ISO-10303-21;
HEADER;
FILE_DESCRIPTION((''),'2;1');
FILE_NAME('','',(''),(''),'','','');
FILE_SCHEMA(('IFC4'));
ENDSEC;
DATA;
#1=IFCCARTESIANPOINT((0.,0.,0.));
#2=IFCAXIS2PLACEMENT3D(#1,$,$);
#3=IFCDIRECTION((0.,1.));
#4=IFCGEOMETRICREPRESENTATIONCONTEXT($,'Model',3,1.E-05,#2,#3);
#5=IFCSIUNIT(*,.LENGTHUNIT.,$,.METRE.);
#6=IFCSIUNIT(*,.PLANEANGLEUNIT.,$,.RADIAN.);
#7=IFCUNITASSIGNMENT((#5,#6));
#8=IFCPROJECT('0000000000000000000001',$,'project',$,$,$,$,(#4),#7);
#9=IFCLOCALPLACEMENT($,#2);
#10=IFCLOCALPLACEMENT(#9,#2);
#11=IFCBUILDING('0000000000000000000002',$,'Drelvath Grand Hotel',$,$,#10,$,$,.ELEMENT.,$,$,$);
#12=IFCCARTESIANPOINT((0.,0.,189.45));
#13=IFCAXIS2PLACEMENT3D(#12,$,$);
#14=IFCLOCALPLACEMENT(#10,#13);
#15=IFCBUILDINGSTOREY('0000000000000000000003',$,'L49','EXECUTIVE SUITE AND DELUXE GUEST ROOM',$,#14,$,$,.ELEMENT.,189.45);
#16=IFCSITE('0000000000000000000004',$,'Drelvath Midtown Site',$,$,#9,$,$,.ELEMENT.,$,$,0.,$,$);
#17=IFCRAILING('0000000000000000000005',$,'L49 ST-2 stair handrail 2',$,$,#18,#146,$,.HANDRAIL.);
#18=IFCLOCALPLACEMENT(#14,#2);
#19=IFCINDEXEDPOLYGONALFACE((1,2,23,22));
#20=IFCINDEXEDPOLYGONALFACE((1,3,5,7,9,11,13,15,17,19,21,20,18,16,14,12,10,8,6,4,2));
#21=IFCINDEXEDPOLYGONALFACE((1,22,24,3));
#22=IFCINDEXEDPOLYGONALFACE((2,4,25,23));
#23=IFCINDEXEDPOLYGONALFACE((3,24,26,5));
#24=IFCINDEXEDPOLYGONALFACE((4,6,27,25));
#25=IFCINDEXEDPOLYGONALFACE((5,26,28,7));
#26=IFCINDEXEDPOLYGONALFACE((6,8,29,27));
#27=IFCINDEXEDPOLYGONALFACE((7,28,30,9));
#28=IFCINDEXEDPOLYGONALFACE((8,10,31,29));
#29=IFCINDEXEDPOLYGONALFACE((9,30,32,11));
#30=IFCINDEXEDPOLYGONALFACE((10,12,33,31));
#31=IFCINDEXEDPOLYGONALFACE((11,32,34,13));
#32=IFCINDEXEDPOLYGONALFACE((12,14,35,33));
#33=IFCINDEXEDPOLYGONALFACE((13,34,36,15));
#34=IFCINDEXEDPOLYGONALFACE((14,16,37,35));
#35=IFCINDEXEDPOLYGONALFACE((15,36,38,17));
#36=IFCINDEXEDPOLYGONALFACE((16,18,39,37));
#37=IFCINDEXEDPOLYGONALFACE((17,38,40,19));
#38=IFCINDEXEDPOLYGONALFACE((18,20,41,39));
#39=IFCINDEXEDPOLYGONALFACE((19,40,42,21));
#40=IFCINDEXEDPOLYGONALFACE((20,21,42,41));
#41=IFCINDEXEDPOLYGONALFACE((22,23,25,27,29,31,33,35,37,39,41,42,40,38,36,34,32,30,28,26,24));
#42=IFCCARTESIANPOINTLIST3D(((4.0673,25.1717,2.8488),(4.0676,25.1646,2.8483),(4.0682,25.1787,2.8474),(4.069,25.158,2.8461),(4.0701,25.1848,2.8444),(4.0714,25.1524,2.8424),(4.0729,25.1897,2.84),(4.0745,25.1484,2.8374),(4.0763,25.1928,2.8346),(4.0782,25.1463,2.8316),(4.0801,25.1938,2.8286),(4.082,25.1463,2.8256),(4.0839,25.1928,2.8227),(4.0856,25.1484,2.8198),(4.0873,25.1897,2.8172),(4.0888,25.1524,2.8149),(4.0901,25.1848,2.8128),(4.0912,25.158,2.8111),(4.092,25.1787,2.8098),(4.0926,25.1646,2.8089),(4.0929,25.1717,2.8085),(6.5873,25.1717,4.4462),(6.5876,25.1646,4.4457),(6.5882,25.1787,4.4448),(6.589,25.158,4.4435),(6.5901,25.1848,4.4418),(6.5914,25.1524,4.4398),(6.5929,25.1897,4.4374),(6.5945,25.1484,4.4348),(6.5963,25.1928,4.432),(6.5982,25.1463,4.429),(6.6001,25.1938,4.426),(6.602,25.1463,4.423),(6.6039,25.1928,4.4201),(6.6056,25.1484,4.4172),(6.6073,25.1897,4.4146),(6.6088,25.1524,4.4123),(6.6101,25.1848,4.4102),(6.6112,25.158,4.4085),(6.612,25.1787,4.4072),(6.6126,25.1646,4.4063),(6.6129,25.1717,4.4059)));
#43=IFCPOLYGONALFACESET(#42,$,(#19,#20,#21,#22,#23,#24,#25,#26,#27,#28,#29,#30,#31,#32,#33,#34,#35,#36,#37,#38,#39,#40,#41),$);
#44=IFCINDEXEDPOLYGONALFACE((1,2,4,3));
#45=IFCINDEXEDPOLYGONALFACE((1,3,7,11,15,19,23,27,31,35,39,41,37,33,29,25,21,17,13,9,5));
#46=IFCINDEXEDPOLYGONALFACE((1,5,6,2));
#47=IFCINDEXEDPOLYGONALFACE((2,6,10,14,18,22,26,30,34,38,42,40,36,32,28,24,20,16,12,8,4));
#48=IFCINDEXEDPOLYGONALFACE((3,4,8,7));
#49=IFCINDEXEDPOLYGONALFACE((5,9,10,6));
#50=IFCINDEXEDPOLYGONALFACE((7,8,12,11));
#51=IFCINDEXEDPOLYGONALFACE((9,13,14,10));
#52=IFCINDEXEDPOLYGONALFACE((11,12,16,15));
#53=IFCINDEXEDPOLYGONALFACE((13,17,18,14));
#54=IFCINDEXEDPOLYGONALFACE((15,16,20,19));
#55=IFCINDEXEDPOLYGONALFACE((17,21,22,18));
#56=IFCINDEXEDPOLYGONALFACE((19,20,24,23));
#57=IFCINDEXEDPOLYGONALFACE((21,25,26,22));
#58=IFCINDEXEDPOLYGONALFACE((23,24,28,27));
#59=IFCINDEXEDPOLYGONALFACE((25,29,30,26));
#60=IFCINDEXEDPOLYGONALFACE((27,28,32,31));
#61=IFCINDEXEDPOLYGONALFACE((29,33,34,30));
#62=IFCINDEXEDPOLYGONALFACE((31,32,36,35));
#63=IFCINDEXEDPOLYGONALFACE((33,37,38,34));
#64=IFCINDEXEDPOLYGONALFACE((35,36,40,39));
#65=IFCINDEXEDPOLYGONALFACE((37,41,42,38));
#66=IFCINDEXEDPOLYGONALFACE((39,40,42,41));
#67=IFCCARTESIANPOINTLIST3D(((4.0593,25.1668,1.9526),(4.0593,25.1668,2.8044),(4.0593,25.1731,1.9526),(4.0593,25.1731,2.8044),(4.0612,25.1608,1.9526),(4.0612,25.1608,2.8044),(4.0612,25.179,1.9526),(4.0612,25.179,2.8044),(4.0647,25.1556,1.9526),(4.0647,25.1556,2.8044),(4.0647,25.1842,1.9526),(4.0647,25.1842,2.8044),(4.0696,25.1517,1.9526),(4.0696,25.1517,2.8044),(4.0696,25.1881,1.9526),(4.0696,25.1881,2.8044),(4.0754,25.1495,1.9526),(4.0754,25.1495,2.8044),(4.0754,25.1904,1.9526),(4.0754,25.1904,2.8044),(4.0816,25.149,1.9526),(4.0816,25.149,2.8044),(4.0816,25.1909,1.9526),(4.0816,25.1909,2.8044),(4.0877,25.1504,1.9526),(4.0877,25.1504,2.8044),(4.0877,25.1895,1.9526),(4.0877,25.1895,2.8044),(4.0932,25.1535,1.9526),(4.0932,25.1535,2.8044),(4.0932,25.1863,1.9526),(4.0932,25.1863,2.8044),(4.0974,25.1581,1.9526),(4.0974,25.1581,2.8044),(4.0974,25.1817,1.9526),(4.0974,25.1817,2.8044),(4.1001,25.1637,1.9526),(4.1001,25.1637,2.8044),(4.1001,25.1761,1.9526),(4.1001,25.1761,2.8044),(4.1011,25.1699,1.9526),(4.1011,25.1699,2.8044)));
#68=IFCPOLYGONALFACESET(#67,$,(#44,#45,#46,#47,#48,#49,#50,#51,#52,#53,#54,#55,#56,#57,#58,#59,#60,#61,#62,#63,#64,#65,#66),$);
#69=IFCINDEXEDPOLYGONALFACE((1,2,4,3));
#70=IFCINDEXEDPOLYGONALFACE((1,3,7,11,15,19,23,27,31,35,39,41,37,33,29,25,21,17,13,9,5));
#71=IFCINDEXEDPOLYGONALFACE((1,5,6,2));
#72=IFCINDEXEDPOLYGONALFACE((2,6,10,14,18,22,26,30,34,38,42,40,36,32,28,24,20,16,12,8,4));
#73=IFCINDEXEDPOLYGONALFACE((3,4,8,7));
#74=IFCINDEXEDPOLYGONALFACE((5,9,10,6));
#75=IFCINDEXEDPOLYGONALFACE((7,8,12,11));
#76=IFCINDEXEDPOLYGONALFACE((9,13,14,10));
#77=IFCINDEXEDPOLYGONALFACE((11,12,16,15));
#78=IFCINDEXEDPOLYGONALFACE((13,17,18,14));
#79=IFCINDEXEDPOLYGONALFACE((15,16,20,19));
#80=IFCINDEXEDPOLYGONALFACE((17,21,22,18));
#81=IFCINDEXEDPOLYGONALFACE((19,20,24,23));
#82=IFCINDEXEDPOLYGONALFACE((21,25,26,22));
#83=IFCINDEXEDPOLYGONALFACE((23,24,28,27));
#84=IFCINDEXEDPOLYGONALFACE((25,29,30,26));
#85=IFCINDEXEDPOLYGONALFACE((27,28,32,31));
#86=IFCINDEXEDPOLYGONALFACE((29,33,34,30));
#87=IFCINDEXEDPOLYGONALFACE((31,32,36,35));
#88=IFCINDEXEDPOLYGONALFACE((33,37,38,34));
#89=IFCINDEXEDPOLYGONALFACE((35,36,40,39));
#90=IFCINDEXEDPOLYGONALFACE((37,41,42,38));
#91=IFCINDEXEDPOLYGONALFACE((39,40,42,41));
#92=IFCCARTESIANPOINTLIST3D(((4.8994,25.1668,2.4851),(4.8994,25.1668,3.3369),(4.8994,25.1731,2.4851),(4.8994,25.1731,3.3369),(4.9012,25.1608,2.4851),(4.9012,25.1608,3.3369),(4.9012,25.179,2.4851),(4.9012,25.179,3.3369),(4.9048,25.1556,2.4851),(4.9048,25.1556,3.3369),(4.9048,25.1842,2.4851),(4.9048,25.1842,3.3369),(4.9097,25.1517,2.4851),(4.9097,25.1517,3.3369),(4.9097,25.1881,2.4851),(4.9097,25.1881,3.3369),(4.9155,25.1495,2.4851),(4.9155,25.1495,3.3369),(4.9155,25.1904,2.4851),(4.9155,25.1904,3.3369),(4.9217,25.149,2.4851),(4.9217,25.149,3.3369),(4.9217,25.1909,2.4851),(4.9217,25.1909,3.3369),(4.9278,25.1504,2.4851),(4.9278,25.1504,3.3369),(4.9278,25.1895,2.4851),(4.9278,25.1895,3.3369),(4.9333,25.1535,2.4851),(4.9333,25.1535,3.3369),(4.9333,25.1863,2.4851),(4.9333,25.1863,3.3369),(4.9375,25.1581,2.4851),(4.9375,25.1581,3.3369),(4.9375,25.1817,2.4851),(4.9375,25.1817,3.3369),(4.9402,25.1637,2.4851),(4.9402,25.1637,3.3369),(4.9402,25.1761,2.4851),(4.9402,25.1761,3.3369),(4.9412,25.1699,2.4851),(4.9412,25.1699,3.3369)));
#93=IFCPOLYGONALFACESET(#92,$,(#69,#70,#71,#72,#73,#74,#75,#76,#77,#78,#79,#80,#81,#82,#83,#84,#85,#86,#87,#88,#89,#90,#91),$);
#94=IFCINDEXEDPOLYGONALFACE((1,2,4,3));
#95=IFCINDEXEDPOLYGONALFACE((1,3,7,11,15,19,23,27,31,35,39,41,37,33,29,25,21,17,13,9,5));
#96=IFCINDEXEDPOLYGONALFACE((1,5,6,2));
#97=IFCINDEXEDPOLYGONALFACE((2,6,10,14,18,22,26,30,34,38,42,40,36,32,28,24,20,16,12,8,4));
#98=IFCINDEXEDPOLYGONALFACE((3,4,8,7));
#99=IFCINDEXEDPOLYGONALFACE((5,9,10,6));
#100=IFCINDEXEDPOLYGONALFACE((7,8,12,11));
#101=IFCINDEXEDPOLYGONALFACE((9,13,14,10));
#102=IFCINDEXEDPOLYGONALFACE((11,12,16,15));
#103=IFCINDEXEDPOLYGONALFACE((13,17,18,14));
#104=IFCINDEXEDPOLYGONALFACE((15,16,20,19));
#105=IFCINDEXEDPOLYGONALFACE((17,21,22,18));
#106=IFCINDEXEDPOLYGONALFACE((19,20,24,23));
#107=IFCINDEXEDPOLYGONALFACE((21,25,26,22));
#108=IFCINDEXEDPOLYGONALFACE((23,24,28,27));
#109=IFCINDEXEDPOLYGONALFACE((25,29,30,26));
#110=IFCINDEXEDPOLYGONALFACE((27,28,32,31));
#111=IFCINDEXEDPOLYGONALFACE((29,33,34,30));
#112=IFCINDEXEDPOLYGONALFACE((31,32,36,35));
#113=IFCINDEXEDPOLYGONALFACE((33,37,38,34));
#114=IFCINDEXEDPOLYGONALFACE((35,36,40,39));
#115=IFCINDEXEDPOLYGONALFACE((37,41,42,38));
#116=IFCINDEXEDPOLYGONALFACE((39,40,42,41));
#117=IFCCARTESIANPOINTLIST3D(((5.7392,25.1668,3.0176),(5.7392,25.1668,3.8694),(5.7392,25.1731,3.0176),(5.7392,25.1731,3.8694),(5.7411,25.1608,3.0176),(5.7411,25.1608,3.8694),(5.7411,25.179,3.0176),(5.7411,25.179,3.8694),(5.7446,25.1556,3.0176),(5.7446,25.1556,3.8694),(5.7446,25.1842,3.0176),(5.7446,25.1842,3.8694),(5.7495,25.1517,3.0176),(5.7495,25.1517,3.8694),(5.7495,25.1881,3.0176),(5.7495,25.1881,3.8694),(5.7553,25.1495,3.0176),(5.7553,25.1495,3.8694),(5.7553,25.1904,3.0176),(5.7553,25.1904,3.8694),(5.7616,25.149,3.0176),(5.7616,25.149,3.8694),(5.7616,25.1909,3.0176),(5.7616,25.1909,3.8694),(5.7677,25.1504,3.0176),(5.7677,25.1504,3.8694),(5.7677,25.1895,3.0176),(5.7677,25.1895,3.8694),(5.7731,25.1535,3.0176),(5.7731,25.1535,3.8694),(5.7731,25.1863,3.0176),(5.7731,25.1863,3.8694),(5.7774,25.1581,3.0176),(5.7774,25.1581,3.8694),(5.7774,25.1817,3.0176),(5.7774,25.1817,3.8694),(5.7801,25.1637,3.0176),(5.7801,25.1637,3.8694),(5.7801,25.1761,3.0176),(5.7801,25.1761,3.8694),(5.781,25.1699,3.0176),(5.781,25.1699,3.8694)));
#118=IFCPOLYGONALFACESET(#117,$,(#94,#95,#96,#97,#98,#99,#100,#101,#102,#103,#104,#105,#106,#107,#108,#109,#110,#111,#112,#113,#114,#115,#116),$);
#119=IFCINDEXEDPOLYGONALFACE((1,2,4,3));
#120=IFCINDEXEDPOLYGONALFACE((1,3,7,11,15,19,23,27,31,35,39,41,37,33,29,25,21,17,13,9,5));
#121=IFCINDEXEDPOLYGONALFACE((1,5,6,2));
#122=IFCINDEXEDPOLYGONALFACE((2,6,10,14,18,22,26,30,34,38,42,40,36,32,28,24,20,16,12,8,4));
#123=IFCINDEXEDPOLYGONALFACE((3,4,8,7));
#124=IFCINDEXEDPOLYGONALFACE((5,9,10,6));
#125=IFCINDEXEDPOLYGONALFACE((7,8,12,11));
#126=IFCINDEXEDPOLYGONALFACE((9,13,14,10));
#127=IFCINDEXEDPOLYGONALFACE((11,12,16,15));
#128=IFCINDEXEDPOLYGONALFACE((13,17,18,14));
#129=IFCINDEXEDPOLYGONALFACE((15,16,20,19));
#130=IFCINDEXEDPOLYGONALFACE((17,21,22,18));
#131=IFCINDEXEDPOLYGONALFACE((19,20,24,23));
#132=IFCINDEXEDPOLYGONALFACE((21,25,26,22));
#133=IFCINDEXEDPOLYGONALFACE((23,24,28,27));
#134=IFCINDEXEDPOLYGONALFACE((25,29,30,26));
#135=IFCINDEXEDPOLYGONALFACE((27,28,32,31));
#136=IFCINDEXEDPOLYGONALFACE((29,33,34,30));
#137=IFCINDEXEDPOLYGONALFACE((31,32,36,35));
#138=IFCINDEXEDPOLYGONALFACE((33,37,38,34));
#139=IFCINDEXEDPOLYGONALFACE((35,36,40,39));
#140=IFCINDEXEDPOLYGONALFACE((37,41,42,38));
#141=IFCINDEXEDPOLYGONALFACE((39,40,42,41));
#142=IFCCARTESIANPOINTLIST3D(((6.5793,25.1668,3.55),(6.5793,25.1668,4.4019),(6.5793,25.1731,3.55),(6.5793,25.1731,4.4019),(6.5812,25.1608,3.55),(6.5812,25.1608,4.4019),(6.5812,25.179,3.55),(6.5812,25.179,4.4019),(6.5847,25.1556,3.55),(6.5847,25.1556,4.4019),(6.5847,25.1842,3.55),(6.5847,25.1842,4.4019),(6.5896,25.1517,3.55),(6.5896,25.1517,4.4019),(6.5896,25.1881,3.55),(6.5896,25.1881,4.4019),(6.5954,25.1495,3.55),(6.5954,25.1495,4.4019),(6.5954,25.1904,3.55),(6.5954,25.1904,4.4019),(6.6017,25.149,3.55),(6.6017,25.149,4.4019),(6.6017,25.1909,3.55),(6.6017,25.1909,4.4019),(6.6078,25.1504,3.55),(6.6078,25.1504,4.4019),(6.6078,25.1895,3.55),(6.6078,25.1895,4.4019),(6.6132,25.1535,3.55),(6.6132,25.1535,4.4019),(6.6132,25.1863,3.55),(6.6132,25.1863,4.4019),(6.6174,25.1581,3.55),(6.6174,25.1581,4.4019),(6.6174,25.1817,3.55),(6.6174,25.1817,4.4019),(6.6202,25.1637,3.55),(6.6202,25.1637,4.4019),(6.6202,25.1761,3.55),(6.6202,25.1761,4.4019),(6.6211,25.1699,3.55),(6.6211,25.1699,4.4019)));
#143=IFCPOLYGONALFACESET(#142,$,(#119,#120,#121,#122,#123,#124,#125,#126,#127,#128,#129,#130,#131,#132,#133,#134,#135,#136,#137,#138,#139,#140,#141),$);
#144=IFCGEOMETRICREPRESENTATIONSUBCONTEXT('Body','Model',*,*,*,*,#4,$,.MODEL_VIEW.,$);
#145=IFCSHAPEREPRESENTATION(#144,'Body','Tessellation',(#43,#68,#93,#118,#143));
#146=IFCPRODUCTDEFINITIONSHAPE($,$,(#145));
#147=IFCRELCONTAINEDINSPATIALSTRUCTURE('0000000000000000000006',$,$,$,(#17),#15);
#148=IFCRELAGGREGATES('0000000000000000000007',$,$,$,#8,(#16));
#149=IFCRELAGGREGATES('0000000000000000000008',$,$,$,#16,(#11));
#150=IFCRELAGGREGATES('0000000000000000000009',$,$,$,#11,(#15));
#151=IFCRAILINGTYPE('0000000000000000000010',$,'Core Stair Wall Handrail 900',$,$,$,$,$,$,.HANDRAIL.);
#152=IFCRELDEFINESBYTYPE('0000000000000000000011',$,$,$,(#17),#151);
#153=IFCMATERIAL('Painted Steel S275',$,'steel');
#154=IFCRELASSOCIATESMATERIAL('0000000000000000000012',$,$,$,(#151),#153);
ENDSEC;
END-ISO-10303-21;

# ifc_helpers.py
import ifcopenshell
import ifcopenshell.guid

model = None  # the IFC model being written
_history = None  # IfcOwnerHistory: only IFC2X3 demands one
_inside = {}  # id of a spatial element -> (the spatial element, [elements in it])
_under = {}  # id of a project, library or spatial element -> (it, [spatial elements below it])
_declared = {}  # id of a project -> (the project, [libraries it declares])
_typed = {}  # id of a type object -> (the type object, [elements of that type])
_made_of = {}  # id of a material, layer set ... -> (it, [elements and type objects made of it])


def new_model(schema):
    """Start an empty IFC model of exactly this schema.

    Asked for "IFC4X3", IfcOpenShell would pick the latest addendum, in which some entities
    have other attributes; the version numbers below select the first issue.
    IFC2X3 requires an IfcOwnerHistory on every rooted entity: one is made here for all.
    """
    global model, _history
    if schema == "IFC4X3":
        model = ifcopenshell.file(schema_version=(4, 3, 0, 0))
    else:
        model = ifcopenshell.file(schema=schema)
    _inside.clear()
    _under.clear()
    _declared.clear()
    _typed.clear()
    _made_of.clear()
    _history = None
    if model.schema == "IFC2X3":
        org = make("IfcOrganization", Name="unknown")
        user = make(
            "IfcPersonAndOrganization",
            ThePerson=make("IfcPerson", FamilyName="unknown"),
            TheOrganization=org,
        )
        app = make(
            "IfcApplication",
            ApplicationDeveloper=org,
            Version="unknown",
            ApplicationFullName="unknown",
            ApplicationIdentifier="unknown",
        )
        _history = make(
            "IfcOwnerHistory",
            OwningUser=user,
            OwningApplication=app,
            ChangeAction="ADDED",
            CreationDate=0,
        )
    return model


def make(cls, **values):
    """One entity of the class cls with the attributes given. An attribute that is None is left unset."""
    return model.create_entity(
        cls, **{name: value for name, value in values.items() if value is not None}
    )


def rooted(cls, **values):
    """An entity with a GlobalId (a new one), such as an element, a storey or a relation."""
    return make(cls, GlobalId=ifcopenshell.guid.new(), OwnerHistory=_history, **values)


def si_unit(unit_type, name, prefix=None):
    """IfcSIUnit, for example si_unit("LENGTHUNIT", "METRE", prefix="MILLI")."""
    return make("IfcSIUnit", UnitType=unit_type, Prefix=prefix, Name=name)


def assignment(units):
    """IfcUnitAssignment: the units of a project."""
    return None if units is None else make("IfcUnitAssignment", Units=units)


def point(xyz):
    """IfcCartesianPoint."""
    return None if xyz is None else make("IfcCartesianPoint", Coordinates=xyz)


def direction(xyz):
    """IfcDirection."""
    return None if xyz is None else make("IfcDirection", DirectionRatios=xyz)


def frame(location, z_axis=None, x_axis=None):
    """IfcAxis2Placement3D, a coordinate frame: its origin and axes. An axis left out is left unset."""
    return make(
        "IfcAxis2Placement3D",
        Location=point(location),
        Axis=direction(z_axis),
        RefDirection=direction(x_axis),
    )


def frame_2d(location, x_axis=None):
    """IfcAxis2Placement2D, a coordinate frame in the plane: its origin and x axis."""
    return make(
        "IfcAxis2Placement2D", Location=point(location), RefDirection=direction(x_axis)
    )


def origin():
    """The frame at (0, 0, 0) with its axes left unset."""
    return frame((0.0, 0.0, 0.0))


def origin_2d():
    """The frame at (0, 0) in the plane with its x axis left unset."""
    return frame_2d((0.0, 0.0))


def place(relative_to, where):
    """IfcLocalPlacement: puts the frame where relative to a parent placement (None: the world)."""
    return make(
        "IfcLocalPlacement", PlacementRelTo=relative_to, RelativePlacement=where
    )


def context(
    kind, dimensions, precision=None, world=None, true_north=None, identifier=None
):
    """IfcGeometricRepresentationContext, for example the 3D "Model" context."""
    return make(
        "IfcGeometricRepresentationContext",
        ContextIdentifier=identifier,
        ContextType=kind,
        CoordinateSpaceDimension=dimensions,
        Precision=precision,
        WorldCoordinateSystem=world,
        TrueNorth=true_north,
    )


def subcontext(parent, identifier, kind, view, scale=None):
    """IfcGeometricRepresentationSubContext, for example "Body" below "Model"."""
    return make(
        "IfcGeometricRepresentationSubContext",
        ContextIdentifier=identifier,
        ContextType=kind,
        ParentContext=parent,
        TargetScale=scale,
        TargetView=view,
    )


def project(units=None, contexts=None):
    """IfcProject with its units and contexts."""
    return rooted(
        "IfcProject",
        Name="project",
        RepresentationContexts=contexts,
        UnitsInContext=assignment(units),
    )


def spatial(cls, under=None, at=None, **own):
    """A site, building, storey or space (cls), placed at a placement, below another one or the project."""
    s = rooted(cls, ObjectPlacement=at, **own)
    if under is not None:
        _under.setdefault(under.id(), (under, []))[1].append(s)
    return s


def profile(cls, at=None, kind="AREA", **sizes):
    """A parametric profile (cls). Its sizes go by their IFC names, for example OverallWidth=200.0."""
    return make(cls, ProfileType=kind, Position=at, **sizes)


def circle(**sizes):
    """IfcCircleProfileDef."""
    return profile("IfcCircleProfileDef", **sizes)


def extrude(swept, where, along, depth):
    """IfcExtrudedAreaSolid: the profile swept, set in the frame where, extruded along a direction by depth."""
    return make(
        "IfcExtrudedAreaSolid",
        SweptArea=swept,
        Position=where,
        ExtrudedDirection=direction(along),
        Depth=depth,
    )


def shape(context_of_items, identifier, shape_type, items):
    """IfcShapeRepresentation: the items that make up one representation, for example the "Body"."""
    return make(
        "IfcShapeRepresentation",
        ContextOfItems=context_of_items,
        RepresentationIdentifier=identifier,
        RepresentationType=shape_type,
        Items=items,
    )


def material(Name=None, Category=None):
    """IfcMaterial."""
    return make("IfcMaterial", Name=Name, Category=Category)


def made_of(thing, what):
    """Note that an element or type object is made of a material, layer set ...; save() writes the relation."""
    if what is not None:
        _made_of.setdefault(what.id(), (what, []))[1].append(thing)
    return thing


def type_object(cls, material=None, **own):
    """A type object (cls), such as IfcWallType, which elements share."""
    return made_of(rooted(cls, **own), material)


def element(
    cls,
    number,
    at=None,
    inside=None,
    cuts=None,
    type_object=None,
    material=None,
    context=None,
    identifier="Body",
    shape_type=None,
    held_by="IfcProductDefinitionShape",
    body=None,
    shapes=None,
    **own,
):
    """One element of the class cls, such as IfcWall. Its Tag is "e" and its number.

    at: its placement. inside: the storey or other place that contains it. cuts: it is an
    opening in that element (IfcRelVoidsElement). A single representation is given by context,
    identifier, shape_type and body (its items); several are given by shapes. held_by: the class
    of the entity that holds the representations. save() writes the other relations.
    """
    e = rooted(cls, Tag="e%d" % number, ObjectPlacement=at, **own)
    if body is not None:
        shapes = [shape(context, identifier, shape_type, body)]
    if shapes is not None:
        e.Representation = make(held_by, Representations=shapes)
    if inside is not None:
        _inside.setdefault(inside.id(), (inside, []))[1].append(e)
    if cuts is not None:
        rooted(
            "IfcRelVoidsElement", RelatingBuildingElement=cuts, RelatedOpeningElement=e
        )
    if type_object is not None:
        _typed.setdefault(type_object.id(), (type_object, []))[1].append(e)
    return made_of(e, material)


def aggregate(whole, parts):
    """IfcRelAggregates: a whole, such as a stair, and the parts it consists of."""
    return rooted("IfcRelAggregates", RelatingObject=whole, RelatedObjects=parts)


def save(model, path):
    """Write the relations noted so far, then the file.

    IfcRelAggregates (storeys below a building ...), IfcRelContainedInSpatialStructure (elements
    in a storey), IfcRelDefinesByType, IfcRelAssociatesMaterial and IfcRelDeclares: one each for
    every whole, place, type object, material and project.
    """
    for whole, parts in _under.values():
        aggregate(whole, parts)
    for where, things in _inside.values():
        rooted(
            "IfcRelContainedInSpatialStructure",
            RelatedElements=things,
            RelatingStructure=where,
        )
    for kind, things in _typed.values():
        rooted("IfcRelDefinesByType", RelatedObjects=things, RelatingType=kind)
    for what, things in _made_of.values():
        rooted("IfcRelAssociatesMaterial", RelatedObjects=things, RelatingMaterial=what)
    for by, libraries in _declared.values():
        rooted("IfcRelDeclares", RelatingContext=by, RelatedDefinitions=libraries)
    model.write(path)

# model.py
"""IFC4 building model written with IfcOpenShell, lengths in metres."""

from ifc_helpers import new_model, si_unit, direction, frame, origin, origin_2d, place, context, subcontext, project, spatial, circle, extrude, material, type_object, element, save


model = new_model("IFC4")

# Units and contexts
model_context = context("Model", 3, precision=1e-05, world=origin(), true_north=direction((0.0, 1.0)))
body_context = subcontext(model_context, "Body", "Model", "MODEL_VIEW")
ifc_project = project(units=[si_unit("LENGTHUNIT", "METRE"), si_unit("PLANEANGLEUNIT", "RADIAN")], contexts=[model_context])

# Site, building, storey
site_placement = place(None, origin())
site = spatial("IfcSite", under=ifc_project, at=site_placement, Name="Drelvath Midtown Site", CompositionType="ELEMENT", RefElevation=0.0)
building_placement = place(site_placement, origin())
building = spatial("IfcBuilding", under=site, at=building_placement, Name="Drelvath Grand Hotel", CompositionType="ELEMENT")
storey_placement = place(building_placement, frame((0.0, 0.0, 189.45)))
storey = spatial("IfcBuildingStorey", under=building, at=storey_placement, Name="L49", Description="EXECUTIVE SUITE AND DELUXE GUEST ROOM", CompositionType="ELEMENT", Elevation=189.45)

# Railing
ifc_material_1 = material(Name="Painted Steel S275", Category="steel")
railing_type_1 = type_object("IfcRailingType", Name="Core Stair Wall Handrail 900", PredefinedType="HANDRAIL", material=ifc_material_1)
railing_1_placement = place(storey_placement, frame((4.0801, 25.1699, 1.9526)))
element("IfcRailing", 1, at=railing_1_placement, inside=storey, type_object=railing_type_1, Name="L49 ST-2 stair handrail 2", PredefinedType="HANDRAIL", context=body_context, shape_type="SweptSolid", body=[
    extrude(circle(Radius=0.0239, at=origin_2d()), frame((0.0, 0.0, 0.876), z_axis=(0.844607, 0.0, 0.535387), x_axis=(0.0, 1.0, 0.0)), (0.0, 0.0, 1.0), 2.9836),
    extrude(circle(Radius=0.021, at=origin_2d()), origin(), (0.0, 0.0, 1.0), 0.8518),
    extrude(circle(Radius=0.021, at=origin_2d()), frame((0.8401, 0.0, 0.5325)), (0.0, 0.0, 1.0), 0.8518),
    extrude(circle(Radius=0.021, at=origin_2d()), frame((1.6799, 0.0, 1.0649)), (0.0, 0.0, 1.0), 0.8518),
    extrude(circle(Radius=0.021, at=origin_2d()), frame((2.52, 0.0, 1.5974)), (0.0, 0.0, 1.0), 0.8518),
])

save(model, "model.ifc")
